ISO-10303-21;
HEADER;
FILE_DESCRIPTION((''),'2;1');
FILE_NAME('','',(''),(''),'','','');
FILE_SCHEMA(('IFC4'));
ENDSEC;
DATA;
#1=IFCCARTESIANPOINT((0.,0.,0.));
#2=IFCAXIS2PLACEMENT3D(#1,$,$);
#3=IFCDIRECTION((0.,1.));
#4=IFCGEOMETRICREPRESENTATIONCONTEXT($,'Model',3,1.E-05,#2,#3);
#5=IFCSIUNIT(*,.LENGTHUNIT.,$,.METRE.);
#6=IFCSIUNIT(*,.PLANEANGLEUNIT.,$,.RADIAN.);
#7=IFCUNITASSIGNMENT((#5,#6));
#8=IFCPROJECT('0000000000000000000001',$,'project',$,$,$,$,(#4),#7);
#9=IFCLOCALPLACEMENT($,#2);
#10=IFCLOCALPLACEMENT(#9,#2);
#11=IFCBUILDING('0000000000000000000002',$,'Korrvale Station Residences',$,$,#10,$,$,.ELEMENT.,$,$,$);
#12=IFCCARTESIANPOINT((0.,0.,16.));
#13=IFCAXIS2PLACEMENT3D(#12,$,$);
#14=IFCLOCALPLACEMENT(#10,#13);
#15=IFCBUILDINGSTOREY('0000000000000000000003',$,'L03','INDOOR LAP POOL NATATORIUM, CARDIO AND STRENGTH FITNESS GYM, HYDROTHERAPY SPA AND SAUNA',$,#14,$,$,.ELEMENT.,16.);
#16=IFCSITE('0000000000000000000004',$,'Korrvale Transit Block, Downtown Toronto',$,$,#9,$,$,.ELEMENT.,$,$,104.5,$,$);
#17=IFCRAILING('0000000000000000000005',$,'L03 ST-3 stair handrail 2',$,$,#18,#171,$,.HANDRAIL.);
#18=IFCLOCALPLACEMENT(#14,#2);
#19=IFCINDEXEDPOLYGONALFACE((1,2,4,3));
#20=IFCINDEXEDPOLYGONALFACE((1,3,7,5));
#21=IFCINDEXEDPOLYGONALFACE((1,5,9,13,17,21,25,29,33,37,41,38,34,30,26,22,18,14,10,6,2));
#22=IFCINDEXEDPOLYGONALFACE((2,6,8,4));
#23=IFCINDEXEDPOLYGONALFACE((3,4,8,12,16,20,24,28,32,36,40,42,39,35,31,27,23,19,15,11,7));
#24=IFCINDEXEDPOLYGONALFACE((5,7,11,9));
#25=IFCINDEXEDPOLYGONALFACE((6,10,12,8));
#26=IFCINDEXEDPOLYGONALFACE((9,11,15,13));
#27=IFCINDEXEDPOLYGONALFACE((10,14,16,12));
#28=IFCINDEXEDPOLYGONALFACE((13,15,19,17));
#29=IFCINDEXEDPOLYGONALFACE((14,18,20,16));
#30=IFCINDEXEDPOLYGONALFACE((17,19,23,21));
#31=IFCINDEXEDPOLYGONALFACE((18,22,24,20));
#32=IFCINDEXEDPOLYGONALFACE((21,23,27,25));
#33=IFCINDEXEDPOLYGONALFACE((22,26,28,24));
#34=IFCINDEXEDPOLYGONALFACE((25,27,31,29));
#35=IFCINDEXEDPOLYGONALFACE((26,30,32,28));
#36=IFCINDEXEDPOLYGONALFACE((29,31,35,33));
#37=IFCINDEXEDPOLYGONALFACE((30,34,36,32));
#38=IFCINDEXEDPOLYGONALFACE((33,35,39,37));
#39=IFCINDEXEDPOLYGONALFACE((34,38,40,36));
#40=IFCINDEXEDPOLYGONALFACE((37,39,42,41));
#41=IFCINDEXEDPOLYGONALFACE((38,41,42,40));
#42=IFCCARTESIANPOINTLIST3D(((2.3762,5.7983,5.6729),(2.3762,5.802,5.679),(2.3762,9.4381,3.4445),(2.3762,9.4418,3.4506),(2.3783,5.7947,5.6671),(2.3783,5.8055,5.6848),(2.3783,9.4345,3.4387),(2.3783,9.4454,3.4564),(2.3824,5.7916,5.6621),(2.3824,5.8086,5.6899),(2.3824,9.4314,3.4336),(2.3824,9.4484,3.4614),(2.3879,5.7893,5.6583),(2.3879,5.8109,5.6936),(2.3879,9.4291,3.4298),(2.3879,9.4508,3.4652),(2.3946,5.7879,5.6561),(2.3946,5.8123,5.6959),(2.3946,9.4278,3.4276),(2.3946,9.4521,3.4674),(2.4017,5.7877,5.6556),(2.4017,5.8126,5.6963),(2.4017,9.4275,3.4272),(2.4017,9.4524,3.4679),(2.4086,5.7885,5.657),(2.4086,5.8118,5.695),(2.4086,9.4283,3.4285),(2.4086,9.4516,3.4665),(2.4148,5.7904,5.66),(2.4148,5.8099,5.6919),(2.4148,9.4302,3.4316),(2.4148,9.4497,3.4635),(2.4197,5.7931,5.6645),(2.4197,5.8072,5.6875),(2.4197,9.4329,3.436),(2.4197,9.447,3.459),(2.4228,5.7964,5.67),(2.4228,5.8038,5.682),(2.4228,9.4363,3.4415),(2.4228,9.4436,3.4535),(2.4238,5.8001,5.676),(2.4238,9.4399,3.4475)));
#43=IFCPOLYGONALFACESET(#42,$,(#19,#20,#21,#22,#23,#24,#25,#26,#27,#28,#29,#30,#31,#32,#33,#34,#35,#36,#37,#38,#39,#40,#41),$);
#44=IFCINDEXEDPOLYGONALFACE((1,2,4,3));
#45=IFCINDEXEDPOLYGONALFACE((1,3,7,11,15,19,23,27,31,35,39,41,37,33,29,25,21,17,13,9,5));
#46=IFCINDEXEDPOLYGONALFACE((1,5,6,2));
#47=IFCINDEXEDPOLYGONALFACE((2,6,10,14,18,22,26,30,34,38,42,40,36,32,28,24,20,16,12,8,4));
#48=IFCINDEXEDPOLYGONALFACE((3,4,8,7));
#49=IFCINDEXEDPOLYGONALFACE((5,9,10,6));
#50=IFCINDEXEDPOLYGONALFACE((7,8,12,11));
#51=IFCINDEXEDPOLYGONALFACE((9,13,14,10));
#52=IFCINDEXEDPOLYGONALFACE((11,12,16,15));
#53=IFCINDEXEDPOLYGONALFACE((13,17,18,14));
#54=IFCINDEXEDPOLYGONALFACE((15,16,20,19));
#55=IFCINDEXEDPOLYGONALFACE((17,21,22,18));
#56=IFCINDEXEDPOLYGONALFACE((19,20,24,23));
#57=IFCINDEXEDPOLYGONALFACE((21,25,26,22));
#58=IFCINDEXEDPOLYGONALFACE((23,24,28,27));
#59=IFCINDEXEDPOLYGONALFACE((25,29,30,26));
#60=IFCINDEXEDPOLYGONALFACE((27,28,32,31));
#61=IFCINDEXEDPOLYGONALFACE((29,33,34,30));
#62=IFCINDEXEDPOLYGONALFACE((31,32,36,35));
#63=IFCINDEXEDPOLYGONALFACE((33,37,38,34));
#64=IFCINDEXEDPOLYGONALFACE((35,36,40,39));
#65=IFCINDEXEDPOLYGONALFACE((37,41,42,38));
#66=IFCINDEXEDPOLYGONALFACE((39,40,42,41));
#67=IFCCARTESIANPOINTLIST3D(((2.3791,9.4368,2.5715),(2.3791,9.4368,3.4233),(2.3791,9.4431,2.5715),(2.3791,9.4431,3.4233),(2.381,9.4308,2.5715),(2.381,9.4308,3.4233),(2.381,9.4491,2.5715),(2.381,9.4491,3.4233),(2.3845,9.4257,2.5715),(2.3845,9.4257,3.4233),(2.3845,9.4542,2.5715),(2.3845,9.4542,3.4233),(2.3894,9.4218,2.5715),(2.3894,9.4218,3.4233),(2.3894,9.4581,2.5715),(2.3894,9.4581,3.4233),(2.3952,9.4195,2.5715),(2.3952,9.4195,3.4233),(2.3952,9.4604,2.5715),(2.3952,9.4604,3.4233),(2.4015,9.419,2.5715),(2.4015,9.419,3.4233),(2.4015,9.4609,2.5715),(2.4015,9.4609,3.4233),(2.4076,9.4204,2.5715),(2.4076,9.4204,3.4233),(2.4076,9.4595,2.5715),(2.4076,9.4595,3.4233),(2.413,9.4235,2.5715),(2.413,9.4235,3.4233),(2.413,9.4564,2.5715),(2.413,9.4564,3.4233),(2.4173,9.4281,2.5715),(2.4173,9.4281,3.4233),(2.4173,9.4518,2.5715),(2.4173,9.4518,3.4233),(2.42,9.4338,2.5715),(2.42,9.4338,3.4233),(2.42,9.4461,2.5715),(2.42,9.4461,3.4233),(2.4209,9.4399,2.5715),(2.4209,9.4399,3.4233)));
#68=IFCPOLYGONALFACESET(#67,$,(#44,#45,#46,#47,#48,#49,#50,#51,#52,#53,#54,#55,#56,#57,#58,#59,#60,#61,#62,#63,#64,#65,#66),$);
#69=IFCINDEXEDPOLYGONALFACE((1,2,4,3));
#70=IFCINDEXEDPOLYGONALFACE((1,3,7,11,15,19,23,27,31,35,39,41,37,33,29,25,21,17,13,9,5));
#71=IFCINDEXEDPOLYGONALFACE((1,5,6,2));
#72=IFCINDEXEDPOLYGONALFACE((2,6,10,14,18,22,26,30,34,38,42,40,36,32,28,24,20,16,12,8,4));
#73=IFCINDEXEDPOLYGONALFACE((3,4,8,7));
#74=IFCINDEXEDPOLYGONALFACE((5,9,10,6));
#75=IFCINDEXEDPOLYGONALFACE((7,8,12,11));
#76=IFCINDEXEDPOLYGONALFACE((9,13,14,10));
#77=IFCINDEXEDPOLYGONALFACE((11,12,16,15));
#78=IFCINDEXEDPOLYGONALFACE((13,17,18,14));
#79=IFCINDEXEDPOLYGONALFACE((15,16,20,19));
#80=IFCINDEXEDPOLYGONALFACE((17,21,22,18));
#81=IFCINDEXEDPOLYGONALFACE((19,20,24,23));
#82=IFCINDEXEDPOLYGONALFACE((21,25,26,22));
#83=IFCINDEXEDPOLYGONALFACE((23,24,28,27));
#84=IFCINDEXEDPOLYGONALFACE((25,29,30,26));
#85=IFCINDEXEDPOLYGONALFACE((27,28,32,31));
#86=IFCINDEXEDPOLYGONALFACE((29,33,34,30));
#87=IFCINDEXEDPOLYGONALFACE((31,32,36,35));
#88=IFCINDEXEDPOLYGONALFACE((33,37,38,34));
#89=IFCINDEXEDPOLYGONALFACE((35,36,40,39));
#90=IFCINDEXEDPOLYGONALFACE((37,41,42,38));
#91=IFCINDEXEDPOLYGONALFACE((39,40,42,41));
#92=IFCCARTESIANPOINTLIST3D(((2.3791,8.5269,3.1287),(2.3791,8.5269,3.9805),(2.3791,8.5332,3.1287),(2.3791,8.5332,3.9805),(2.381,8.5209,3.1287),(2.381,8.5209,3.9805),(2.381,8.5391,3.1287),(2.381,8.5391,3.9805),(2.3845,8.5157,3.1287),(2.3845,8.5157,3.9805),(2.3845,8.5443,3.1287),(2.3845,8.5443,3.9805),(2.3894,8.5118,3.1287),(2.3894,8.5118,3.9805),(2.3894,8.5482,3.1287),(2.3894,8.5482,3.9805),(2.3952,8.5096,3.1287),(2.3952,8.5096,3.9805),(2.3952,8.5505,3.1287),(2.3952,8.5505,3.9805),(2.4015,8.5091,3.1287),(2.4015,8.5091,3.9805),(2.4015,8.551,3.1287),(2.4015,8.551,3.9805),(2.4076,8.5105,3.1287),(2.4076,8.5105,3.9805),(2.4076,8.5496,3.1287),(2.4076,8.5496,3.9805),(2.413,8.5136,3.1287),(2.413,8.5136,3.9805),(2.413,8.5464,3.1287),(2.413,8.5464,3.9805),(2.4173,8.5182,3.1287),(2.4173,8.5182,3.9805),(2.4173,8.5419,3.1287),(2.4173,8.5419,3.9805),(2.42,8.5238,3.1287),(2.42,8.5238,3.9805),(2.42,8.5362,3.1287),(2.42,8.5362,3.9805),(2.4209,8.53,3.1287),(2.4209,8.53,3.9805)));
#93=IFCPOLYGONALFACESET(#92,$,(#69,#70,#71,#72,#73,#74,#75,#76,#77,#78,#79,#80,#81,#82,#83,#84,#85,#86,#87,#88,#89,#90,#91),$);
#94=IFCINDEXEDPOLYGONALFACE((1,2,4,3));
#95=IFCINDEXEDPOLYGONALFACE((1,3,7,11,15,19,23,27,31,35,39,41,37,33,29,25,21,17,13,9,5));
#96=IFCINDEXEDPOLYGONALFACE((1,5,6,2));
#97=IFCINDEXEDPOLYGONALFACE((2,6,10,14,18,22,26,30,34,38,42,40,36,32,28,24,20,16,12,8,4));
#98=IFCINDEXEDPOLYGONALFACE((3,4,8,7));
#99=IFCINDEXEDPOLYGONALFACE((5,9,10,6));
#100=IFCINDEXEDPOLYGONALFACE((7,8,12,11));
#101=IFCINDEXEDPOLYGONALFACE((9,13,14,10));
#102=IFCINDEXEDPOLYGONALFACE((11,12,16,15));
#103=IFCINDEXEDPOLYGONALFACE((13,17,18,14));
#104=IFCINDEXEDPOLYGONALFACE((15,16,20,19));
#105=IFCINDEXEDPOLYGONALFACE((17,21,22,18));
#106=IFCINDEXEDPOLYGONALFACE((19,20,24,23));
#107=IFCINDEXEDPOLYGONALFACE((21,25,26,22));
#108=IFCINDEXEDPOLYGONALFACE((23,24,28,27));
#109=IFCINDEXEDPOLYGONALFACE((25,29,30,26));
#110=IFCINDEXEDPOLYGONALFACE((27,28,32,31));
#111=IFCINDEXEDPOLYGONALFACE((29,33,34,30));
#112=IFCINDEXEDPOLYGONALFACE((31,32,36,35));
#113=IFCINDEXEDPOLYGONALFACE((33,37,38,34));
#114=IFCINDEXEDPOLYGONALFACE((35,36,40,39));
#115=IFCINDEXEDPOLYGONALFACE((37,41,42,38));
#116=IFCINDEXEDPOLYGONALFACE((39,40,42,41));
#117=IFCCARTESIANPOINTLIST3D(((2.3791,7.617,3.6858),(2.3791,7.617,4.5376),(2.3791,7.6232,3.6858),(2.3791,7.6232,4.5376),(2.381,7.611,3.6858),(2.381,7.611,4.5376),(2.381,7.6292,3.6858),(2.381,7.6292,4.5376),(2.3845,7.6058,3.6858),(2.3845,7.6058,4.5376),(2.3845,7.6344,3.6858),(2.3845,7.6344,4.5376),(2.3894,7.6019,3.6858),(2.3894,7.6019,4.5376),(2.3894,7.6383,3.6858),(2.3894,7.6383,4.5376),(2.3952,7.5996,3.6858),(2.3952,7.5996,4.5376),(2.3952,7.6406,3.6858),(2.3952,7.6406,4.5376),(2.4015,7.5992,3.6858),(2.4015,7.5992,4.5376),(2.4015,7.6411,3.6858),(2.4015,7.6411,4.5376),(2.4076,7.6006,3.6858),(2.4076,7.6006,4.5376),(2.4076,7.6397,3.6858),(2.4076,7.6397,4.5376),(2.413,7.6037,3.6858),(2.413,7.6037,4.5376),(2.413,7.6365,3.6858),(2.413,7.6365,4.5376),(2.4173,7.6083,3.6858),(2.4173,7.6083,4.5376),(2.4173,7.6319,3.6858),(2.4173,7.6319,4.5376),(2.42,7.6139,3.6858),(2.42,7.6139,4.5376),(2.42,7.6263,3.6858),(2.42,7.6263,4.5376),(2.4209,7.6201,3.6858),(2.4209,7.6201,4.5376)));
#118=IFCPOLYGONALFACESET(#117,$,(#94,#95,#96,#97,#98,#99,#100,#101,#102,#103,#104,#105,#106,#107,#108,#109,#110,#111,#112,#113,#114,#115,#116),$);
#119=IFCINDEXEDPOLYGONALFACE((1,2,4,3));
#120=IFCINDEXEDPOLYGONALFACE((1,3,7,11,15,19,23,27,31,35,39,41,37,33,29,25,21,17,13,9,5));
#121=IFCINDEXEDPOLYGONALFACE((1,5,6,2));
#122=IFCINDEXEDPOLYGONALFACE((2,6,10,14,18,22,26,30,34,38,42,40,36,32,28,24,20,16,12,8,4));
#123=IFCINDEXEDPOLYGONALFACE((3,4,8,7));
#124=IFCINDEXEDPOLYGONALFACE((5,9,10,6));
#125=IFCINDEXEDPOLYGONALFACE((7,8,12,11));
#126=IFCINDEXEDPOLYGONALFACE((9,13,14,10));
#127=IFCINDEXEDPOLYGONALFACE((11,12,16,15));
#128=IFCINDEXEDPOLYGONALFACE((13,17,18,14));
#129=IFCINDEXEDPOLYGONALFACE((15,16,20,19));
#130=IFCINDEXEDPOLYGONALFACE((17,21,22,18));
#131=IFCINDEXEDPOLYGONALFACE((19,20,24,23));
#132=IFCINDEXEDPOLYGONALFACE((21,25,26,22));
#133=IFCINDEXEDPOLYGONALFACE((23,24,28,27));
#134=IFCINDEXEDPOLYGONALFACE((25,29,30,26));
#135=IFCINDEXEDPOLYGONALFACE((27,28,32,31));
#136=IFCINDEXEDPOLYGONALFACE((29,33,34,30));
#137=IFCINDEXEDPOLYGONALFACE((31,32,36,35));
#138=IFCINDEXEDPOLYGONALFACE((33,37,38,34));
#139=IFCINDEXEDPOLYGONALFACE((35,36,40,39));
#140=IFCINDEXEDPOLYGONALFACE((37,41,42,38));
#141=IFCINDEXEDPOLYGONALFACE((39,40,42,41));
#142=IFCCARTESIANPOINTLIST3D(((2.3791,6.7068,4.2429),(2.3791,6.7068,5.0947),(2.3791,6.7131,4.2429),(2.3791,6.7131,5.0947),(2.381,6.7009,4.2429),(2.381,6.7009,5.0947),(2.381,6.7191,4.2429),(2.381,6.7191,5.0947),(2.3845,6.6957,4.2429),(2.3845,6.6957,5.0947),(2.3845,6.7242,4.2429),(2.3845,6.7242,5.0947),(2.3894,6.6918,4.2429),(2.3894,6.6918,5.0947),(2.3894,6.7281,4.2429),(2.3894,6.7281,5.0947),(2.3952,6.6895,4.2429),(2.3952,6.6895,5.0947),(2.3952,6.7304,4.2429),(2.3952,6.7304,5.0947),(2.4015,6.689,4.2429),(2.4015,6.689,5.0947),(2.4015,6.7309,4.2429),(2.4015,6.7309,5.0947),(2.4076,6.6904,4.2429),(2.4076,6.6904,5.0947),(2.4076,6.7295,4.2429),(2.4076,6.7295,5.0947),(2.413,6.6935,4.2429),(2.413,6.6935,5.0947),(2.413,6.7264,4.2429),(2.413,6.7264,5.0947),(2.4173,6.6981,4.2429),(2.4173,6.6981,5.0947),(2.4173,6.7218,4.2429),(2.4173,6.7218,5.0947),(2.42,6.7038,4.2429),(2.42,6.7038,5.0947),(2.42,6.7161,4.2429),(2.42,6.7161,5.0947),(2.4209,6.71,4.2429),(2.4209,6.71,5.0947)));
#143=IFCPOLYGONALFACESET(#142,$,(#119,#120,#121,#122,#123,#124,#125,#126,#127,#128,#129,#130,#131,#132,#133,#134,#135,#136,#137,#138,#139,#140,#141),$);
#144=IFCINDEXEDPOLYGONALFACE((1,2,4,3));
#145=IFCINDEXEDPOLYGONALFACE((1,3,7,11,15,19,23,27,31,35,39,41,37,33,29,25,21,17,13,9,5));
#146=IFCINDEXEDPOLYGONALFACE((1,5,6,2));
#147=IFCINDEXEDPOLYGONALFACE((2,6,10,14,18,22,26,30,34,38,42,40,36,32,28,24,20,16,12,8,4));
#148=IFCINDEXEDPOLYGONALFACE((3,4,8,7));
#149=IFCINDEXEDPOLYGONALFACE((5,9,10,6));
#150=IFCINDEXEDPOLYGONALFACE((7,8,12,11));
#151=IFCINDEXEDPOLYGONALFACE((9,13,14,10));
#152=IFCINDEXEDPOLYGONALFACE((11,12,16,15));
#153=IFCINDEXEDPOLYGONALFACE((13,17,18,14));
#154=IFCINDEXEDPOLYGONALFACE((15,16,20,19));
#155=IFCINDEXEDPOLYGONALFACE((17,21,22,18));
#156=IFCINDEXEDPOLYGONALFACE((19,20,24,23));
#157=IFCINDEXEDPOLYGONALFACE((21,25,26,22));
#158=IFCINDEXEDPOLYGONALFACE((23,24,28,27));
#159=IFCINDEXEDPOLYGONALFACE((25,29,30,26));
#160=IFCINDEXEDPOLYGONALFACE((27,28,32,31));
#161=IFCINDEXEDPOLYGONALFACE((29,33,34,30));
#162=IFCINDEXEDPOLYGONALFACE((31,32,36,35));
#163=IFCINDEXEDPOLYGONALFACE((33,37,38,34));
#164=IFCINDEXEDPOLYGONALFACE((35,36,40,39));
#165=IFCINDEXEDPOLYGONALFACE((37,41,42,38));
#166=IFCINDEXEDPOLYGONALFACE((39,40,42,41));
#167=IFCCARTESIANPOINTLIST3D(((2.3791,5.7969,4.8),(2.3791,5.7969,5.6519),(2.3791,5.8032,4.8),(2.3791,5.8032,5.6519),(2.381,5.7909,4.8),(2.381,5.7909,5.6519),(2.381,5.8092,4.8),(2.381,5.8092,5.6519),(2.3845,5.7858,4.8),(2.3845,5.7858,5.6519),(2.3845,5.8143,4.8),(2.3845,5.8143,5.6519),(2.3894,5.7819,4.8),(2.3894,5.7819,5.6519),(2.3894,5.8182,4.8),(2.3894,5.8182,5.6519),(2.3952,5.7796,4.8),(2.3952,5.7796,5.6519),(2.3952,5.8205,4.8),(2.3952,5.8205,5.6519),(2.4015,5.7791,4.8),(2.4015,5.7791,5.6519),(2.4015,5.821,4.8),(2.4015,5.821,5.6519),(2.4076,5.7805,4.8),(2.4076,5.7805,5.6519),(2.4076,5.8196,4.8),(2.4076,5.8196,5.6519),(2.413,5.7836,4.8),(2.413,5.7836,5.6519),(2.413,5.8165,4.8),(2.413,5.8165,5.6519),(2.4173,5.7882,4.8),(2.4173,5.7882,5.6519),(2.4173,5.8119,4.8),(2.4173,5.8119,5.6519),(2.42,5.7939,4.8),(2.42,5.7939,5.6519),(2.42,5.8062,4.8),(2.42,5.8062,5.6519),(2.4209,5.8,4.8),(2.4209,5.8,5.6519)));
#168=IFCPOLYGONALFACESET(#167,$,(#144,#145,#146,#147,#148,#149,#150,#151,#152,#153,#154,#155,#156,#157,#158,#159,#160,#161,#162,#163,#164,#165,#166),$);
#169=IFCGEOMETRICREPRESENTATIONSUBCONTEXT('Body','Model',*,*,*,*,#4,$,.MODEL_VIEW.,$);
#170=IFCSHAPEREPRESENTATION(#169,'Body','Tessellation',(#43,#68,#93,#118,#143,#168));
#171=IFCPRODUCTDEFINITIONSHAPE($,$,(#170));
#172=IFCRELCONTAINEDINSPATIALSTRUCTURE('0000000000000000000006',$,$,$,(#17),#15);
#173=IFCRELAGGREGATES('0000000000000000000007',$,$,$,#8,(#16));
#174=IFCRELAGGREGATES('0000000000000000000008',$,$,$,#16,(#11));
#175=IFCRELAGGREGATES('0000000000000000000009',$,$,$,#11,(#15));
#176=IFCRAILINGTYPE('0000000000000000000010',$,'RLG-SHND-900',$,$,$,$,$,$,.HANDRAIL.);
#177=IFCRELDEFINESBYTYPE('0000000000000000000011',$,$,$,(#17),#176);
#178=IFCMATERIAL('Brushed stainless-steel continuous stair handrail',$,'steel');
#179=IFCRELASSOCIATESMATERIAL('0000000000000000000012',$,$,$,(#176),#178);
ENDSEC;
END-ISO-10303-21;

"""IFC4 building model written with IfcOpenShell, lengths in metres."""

from ifc_helpers import new_model, si_unit, direction, frame, origin, origin_2d, place, context, subcontext, project, spatial, circle, extrude, material, type_object, element, save


model = new_model("IFC4")

# Units and contexts
model_context = context("Model", 3, precision=1e-05, world=origin(), true_north=direction((0.0, 1.0)))
body_context = subcontext(model_context, "Body", "Model", "MODEL_VIEW")
ifc_project = project(units=[si_unit("LENGTHUNIT", "METRE"), si_unit("PLANEANGLEUNIT", "RADIAN")], contexts=[model_context])

# Site, building, storey
site_placement = place(None, origin())
site = spatial("IfcSite", under=ifc_project, at=site_placement, Name="Korrvale Transit Block, Downtown Toronto", CompositionType="ELEMENT", RefElevation=104.5)
building_placement = place(site_placement, origin())
building = spatial("IfcBuilding", under=site, at=building_placement, Name="Korrvale Station Residences", CompositionType="ELEMENT")
storey_placement = place(building_placement, frame((0.0, 0.0, 16.0)))
storey = spatial("IfcBuildingStorey", under=building, at=storey_placement, Name="L03", Description="INDOOR LAP POOL NATATORIUM, CARDIO AND STRENGTH FITNESS GYM, HYDROTHERAPY SPA AND SAUNA", CompositionType="ELEMENT", Elevation=16.0)

# Railing
ifc_material_1 = material(Name="Brushed stainless-steel continuous stair handrail", Category="steel")
railing_type_1 = type_object("IfcRailingType", Name="RLG-SHND-900", PredefinedType="HANDRAIL", material=ifc_material_1)
railing_1_placement = place(storey_placement, frame((2.3999, 9.4399, 2.5715)))
element("IfcRailing", 1, at=railing_1_placement, inside=storey, type_object=railing_type_1, Name="L03 ST-3 stair handrail 2", PredefinedType="HANDRAIL", context=body_context, shape_type="SweptSolid", body=[
    extrude(circle(Radius=0.0239, at=origin_2d()), frame((0.0, 0.0, 0.876), z_axis=(0.0, -0.85285, 0.522156), x_axis=(1.0, 0.0, 0.0)), (0.0, 0.0, 1.0), 4.2678),
    extrude(circle(Radius=0.021, at=origin_2d()), origin(), (0.0, 0.0, 1.0), 0.8518),
    extrude(circle(Radius=0.021, at=origin_2d()), frame((0.0, -0.9099, 0.5571)), (0.0, 0.0, 1.0), 0.8518),
    extrude(circle(Radius=0.021, at=origin_2d()), frame((0.0, -1.8198, 1.1143)), (0.0, 0.0, 1.0), 0.8518),
    extrude(circle(Radius=0.021, at=origin_2d()), frame((0.0, -2.73, 1.6714)), (0.0, 0.0, 1.0), 0.8518),
    extrude(circle(Radius=0.021, at=origin_2d()), frame((0.0, -3.6399, 2.2285)), (0.0, 0.0, 1.0), 0.8518),
])

save(model, "model.ifc")
